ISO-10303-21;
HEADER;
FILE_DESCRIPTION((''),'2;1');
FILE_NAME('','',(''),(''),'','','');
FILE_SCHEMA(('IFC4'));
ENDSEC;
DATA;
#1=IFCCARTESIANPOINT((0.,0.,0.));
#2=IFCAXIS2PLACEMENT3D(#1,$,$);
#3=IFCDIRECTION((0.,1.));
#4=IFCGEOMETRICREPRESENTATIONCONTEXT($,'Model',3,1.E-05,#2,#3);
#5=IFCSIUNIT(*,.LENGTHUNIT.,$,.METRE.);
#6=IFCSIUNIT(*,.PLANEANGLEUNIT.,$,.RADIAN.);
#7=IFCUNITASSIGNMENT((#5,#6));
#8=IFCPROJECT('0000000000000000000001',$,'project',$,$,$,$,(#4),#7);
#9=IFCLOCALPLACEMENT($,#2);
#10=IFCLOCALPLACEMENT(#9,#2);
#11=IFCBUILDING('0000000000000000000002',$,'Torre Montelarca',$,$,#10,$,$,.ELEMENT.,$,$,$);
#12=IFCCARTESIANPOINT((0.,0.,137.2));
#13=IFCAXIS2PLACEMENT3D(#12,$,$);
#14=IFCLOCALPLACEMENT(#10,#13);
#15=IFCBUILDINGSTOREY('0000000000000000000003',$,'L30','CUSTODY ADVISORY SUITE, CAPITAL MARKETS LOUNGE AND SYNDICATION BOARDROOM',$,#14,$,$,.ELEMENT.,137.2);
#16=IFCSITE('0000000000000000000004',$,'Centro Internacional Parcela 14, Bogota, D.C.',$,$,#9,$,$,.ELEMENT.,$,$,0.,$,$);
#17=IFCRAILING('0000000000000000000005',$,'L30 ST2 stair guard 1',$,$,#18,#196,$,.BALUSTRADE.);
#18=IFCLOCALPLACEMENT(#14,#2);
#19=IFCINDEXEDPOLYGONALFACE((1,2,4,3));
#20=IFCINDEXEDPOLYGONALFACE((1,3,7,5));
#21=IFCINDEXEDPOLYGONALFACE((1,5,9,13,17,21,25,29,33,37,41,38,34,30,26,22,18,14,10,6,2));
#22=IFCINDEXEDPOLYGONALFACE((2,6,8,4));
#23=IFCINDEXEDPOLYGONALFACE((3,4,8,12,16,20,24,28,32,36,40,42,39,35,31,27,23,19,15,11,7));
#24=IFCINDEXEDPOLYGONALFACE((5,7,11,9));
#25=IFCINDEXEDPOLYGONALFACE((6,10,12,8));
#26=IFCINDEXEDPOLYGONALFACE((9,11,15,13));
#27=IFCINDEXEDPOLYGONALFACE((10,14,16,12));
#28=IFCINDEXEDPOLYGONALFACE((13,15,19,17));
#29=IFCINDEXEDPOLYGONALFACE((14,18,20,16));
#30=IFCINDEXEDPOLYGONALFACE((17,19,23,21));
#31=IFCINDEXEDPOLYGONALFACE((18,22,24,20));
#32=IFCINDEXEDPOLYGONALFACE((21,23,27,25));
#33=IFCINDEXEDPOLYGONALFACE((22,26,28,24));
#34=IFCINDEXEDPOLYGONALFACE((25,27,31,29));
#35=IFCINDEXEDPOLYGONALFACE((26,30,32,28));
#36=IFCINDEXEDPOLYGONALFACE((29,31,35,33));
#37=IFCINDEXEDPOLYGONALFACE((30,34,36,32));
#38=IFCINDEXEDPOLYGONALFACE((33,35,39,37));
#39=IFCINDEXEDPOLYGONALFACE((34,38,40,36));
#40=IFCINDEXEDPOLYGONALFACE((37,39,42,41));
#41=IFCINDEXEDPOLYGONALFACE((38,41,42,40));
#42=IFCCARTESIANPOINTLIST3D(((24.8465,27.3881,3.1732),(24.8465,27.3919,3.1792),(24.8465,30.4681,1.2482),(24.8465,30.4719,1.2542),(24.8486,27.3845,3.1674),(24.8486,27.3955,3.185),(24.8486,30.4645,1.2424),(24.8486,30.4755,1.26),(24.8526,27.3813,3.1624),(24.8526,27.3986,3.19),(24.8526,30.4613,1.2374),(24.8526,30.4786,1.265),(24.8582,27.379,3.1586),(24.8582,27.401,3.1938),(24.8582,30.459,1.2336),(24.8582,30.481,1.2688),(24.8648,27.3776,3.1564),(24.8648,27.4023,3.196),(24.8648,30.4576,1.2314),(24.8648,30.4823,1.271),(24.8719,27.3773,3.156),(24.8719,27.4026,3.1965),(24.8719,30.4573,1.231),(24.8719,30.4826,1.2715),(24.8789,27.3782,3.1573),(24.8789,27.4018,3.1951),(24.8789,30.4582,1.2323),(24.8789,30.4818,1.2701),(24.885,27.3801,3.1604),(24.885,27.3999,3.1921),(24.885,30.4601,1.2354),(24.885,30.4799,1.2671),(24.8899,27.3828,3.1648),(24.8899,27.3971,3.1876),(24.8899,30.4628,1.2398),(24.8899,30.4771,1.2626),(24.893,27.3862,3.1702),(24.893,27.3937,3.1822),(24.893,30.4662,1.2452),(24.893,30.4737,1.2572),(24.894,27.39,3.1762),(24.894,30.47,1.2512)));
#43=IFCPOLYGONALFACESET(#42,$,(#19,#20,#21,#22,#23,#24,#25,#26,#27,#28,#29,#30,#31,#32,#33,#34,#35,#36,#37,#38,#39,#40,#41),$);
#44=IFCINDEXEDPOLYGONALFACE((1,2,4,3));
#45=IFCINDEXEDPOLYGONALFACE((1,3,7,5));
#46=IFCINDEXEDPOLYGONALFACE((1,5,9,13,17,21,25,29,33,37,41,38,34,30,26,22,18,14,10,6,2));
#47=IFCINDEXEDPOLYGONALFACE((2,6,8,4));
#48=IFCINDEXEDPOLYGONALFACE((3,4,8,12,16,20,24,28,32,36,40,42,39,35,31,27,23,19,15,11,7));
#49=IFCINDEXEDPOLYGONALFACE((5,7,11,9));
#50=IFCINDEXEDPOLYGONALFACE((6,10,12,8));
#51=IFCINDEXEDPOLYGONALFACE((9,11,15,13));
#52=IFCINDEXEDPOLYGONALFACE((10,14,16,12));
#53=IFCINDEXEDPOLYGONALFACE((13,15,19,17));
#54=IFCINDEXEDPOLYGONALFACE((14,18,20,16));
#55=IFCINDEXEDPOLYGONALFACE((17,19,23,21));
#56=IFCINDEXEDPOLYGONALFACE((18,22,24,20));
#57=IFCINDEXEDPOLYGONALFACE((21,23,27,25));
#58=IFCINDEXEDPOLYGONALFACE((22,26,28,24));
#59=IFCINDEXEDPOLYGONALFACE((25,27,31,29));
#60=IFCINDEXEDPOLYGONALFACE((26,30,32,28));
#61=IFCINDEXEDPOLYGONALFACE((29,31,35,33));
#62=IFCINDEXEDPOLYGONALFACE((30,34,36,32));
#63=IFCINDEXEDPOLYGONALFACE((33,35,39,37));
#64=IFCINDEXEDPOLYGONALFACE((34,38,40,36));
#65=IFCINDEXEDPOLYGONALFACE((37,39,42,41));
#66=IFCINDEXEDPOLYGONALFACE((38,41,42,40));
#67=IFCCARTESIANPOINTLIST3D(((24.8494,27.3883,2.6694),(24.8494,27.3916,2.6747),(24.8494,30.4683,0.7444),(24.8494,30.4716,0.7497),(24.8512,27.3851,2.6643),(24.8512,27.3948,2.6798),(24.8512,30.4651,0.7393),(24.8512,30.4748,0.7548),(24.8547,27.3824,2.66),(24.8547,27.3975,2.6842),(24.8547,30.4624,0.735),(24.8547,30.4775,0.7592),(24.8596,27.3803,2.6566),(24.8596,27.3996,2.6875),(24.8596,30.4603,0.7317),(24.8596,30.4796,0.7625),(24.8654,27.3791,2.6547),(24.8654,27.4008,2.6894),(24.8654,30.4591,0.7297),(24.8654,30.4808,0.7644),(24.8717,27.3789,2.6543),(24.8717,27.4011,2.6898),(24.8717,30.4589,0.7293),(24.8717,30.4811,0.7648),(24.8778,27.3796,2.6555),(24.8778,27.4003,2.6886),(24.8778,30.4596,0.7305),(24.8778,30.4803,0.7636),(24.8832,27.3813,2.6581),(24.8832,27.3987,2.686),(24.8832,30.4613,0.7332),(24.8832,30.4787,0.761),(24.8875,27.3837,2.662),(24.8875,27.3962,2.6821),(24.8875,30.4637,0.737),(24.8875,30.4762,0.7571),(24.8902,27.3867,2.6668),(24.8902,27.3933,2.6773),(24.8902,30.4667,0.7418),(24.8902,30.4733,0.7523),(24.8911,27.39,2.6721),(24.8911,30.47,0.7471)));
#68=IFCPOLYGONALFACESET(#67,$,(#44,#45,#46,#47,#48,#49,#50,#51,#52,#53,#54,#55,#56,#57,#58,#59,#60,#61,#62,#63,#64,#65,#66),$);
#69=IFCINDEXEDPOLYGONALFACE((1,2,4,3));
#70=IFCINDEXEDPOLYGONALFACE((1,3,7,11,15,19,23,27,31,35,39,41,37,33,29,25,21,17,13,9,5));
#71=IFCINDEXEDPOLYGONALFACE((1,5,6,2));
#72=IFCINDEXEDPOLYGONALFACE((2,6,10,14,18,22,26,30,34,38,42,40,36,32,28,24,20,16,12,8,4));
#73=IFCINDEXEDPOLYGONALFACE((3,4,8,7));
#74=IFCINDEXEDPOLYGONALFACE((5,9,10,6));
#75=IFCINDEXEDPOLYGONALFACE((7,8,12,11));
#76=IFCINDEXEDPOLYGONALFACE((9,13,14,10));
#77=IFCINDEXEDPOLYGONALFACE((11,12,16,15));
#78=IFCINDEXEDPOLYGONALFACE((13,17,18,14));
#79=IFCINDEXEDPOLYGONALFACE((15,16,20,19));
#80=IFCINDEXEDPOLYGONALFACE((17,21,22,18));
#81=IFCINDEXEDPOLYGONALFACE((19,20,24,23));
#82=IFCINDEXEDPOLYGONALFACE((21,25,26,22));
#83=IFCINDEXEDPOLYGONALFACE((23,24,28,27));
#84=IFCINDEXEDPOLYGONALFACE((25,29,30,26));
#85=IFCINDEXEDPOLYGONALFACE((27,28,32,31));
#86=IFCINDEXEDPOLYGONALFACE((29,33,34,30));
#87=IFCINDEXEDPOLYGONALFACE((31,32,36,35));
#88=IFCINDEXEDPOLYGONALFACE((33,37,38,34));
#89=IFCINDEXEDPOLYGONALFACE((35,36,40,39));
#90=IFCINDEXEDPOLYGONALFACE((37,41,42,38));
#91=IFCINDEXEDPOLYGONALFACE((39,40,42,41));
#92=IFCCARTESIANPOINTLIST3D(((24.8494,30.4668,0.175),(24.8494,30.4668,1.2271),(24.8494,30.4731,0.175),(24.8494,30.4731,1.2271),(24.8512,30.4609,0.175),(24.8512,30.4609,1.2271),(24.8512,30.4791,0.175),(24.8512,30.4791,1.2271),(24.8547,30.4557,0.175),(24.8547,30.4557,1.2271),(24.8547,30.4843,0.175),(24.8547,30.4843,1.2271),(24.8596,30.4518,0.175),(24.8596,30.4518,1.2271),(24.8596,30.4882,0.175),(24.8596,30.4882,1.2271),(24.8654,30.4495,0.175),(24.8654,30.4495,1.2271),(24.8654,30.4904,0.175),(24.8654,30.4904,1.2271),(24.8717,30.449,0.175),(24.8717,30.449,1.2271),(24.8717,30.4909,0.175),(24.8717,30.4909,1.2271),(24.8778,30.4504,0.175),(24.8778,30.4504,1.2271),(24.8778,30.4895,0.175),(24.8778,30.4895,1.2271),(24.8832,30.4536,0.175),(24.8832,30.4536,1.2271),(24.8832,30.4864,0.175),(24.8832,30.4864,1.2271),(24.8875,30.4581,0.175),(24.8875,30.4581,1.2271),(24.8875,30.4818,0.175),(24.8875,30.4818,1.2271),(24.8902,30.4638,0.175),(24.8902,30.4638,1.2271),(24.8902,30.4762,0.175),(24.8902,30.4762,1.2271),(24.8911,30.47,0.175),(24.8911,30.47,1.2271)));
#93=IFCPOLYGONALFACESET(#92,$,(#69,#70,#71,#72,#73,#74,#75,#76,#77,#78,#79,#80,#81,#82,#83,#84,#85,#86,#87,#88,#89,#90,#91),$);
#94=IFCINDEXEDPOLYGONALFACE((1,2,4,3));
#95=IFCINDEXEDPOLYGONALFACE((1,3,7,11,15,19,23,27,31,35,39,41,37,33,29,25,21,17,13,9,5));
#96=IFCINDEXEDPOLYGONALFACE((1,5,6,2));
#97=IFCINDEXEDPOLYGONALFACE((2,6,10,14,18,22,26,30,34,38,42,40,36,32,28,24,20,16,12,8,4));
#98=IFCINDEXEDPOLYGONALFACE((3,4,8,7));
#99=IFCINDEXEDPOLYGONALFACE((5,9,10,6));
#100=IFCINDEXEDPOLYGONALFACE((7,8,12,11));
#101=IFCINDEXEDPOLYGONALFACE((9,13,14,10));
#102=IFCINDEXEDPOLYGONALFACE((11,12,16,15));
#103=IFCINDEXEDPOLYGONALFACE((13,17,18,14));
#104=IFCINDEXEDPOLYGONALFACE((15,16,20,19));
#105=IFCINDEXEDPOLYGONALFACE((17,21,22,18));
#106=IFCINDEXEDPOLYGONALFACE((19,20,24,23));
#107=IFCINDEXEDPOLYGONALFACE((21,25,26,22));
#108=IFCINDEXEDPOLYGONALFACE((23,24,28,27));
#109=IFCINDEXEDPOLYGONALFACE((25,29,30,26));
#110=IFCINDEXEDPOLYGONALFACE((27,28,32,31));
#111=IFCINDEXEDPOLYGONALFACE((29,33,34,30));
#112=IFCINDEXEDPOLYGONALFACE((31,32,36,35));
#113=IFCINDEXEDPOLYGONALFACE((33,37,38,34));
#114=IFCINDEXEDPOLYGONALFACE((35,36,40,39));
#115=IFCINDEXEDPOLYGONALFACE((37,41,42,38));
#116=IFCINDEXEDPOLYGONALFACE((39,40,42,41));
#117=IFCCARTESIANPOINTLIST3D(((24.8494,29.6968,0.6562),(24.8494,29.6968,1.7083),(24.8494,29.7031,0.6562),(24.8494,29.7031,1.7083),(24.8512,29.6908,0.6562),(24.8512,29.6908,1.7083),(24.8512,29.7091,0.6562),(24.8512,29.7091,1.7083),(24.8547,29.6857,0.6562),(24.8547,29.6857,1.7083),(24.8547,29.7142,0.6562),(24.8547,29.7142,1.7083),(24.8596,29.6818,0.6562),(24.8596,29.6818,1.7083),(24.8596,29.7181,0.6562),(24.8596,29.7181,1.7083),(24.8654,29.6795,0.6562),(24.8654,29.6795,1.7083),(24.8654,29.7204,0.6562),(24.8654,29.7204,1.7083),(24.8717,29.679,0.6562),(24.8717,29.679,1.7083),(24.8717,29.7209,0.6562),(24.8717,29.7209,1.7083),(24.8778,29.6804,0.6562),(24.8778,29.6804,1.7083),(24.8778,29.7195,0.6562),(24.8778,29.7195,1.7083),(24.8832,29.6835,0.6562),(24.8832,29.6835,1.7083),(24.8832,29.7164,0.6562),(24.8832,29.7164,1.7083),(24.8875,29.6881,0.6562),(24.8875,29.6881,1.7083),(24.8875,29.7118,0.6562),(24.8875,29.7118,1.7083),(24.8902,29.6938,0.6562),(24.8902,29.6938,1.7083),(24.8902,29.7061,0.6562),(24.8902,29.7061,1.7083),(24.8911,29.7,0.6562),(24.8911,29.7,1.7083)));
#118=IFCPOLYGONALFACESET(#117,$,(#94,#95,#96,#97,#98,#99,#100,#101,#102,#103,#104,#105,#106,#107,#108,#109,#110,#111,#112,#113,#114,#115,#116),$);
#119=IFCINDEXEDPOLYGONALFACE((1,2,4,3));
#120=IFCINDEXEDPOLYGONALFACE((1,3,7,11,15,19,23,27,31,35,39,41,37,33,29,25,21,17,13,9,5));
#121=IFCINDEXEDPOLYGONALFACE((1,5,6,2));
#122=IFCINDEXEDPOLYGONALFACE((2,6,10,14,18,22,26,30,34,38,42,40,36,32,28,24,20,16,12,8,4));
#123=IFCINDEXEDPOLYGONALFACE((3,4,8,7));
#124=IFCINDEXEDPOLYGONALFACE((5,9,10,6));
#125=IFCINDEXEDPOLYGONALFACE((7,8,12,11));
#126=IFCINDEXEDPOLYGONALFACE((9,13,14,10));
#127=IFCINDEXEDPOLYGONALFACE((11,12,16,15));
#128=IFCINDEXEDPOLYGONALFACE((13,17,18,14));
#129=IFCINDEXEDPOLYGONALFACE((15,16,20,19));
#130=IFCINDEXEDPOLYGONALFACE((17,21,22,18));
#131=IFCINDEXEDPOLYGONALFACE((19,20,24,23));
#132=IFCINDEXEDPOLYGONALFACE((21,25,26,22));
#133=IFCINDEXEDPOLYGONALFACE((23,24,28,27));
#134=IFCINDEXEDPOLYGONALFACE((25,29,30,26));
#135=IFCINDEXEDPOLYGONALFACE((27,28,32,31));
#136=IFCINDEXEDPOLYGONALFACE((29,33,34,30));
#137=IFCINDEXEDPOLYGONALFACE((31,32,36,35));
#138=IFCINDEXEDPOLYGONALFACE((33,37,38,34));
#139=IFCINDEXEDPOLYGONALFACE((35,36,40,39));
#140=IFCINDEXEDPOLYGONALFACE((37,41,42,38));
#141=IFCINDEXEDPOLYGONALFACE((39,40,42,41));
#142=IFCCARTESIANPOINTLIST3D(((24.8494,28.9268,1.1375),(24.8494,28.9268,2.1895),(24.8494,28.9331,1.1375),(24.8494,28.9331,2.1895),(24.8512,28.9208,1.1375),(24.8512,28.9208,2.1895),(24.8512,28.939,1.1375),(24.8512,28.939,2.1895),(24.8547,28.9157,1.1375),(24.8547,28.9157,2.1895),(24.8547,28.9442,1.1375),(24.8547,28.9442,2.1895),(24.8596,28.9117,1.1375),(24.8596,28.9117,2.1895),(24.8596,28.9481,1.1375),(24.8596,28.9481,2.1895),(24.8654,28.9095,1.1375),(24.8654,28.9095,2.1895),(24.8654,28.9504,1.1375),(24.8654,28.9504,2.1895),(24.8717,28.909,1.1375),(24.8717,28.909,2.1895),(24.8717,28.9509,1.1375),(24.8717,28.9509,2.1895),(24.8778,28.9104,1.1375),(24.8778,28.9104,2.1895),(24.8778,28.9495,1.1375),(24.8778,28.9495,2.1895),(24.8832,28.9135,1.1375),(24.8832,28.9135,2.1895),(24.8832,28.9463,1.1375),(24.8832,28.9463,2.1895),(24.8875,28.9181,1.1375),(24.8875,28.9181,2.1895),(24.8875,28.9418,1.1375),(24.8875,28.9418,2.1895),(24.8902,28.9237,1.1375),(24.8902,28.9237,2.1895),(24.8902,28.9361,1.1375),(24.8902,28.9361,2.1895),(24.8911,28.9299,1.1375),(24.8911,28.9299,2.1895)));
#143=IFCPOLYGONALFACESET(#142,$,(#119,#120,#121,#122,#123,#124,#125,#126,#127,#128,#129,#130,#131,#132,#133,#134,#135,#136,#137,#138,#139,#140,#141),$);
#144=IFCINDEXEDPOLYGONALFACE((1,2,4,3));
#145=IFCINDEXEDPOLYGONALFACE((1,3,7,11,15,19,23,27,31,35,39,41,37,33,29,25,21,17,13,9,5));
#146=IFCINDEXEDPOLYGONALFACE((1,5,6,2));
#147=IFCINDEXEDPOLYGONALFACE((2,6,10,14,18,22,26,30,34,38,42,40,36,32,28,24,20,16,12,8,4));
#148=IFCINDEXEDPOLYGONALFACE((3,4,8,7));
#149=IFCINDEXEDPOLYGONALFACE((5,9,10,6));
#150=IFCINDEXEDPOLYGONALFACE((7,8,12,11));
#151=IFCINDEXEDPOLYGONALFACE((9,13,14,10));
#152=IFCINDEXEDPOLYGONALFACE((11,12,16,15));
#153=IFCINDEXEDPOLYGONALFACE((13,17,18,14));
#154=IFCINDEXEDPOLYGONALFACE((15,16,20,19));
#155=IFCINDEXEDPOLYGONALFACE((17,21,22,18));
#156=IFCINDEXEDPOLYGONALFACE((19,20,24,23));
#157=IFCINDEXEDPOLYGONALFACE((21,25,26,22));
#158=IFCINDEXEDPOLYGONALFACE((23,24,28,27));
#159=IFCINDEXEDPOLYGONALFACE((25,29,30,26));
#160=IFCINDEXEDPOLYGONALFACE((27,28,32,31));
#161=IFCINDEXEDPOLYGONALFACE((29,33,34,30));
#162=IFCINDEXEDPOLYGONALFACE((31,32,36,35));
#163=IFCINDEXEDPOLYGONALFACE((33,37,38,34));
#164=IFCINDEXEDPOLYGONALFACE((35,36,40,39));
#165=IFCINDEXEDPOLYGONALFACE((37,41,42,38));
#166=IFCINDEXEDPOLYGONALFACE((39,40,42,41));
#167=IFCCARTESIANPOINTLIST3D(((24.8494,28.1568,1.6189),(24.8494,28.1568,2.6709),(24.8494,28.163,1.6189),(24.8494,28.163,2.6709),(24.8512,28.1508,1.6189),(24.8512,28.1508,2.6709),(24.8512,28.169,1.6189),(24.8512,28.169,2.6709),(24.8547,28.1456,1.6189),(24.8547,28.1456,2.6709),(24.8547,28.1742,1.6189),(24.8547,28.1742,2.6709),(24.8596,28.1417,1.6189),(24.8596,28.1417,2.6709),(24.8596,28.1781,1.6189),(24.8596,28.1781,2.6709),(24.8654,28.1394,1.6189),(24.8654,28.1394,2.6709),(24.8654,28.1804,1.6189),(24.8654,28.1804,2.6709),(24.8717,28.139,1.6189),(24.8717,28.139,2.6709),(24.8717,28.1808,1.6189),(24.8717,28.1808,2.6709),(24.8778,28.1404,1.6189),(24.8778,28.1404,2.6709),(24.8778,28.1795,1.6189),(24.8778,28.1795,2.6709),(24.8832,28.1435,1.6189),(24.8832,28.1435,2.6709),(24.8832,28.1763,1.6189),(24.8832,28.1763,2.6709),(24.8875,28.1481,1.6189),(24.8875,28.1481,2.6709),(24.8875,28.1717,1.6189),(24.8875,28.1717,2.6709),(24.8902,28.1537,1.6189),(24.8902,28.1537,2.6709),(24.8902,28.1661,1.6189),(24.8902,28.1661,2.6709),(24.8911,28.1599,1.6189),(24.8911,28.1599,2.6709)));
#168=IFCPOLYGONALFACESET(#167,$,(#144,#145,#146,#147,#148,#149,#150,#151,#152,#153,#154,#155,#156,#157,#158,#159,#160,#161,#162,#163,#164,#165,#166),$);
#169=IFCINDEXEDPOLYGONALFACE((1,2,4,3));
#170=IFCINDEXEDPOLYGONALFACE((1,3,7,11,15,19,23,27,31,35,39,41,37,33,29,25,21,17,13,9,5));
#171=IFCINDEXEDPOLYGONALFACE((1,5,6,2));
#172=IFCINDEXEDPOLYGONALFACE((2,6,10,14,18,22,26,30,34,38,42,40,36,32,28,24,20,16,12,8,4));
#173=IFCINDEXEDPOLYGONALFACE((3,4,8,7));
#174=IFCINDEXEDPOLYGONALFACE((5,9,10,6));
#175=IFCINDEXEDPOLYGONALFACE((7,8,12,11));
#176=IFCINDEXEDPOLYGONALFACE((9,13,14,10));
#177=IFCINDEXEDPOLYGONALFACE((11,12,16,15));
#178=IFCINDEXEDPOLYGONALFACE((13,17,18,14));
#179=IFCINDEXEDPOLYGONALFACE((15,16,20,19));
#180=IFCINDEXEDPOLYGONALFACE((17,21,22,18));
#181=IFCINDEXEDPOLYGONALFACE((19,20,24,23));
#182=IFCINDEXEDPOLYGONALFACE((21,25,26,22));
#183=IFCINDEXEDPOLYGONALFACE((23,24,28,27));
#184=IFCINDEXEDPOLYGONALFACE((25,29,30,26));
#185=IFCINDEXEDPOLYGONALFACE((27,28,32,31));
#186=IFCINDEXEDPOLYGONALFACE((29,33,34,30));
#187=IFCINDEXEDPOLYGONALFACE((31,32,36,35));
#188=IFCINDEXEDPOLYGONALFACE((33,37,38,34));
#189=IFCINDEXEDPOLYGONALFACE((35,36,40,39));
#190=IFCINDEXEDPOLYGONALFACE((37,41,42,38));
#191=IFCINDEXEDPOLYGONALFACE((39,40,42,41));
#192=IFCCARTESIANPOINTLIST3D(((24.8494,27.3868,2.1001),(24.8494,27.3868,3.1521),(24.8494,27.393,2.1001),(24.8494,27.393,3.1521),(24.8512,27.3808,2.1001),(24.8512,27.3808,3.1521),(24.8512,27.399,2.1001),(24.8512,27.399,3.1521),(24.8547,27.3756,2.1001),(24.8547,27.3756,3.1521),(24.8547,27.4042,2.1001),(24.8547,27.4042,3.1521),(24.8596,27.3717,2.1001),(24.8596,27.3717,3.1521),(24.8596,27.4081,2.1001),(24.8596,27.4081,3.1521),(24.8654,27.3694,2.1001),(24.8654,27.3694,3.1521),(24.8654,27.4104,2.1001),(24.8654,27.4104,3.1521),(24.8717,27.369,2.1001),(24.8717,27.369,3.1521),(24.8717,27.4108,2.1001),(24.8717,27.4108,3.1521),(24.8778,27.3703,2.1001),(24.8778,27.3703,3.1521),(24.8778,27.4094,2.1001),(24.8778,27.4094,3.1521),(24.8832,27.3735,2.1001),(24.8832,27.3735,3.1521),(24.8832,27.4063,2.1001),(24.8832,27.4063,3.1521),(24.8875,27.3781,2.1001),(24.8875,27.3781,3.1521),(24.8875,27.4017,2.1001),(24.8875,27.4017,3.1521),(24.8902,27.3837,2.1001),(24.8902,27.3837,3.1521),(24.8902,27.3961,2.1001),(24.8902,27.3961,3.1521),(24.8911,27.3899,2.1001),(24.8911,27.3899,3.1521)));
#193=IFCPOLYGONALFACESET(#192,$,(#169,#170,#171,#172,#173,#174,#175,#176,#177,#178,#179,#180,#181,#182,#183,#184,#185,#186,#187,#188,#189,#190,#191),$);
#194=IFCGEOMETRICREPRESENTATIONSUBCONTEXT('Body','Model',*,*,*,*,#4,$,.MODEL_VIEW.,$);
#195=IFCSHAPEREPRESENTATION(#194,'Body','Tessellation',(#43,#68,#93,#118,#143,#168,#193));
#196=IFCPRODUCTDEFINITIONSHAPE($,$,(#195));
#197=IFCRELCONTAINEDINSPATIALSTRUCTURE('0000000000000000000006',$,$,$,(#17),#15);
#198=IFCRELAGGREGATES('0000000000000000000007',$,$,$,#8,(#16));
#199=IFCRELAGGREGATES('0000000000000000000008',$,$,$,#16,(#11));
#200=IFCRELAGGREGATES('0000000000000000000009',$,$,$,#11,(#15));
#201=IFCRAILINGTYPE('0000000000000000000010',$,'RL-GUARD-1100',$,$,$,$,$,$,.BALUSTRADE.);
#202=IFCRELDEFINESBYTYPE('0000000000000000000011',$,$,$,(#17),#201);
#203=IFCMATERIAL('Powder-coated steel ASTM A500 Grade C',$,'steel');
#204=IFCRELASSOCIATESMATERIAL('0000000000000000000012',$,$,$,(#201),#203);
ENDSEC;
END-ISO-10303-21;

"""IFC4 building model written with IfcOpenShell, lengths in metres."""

from ifc_helpers import new_model, si_unit, direction, frame, origin, origin_2d, place, context, subcontext, project, spatial, circle, extrude, material, type_object, element, save


model = new_model("IFC4")

# Units and contexts
model_context = context("Model", 3, precision=1e-05, world=origin(), true_north=direction((0.0, 1.0)))
body_context = subcontext(model_context, "Body", "Model", "MODEL_VIEW")
ifc_project = project(units=[si_unit("LENGTHUNIT", "METRE"), si_unit("PLANEANGLEUNIT", "RADIAN")], contexts=[model_context])

# Site, building, storey
site_placement = place(None, origin())
site = spatial("IfcSite", under=ifc_project, at=site_placement, Name="Centro Internacional Parcela 14, Bogota, D.C.", CompositionType="ELEMENT", RefElevation=0.0)
building_placement = place(site_placement, origin())
building = spatial("IfcBuilding", under=site, at=building_placement, Name="Torre Montelarca", CompositionType="ELEMENT")
storey_placement = place(building_placement, frame((0.0, 0.0, 137.2)))
storey = spatial("IfcBuildingStorey", under=building, at=storey_placement, Name="L30", Description="CUSTODY ADVISORY SUITE, CAPITAL MARKETS LOUNGE AND SYNDICATION BOARDROOM", CompositionType="ELEMENT", Elevation=137.2)

# Railing
ifc_material_1 = material(Name="Powder-coated steel ASTM A500 Grade C", Category="steel")
railing_type_1 = type_object("IfcRailingType", Name="RL-GUARD-1100", PredefinedType="BALUSTRADE", material=ifc_material_1)
railing_1_placement = place(storey_placement, frame((24.8701, 30.47, 0.175)))
element("IfcRailing", 1, at=railing_1_placement, inside=storey, type_object=railing_type_1, Name="L30 ST2 stair guard 1", PredefinedType="BALUSTRADE", context=body_context, shape_type="SweptSolid", body=[
    extrude(circle(Radius=0.0239, at=origin_2d()), frame((0.0, 0.0, 1.0762), z_axis=(0.0, -0.847998, 0.529999), x_axis=(1.0, 0.0, 0.0)), (0.0, 0.0, 1.0), 3.6321),
    extrude(circle(Radius=0.021, at=origin_2d()), frame((0.0, 0.0, 0.572), z_axis=(0.0, -0.847998, 0.529999), x_axis=(1.0, 0.0, 0.0)), (0.0, 0.0, 1.0), 3.6321),
    extrude(circle(Radius=0.021, at=origin_2d()), origin(), (0.0, 0.0, 1.0), 1.052),
    extrude(circle(Radius=0.021, at=origin_2d()), frame((0.0, -0.77, 0.4812)), (0.0, 0.0, 1.0), 1.052),
    extrude(circle(Radius=0.021, at=origin_2d()), frame((0.0, -1.54, 0.9624)), (0.0, 0.0, 1.0), 1.052),
    extrude(circle(Radius=0.021, at=origin_2d()), frame((0.0, -2.3101, 1.4438)), (0.0, 0.0, 1.0), 1.052),
    extrude(circle(Radius=0.021, at=origin_2d()), frame((0.0, -3.0801, 1.925)), (0.0, 0.0, 1.0), 1.052),
])

save(model, "model.ifc")
